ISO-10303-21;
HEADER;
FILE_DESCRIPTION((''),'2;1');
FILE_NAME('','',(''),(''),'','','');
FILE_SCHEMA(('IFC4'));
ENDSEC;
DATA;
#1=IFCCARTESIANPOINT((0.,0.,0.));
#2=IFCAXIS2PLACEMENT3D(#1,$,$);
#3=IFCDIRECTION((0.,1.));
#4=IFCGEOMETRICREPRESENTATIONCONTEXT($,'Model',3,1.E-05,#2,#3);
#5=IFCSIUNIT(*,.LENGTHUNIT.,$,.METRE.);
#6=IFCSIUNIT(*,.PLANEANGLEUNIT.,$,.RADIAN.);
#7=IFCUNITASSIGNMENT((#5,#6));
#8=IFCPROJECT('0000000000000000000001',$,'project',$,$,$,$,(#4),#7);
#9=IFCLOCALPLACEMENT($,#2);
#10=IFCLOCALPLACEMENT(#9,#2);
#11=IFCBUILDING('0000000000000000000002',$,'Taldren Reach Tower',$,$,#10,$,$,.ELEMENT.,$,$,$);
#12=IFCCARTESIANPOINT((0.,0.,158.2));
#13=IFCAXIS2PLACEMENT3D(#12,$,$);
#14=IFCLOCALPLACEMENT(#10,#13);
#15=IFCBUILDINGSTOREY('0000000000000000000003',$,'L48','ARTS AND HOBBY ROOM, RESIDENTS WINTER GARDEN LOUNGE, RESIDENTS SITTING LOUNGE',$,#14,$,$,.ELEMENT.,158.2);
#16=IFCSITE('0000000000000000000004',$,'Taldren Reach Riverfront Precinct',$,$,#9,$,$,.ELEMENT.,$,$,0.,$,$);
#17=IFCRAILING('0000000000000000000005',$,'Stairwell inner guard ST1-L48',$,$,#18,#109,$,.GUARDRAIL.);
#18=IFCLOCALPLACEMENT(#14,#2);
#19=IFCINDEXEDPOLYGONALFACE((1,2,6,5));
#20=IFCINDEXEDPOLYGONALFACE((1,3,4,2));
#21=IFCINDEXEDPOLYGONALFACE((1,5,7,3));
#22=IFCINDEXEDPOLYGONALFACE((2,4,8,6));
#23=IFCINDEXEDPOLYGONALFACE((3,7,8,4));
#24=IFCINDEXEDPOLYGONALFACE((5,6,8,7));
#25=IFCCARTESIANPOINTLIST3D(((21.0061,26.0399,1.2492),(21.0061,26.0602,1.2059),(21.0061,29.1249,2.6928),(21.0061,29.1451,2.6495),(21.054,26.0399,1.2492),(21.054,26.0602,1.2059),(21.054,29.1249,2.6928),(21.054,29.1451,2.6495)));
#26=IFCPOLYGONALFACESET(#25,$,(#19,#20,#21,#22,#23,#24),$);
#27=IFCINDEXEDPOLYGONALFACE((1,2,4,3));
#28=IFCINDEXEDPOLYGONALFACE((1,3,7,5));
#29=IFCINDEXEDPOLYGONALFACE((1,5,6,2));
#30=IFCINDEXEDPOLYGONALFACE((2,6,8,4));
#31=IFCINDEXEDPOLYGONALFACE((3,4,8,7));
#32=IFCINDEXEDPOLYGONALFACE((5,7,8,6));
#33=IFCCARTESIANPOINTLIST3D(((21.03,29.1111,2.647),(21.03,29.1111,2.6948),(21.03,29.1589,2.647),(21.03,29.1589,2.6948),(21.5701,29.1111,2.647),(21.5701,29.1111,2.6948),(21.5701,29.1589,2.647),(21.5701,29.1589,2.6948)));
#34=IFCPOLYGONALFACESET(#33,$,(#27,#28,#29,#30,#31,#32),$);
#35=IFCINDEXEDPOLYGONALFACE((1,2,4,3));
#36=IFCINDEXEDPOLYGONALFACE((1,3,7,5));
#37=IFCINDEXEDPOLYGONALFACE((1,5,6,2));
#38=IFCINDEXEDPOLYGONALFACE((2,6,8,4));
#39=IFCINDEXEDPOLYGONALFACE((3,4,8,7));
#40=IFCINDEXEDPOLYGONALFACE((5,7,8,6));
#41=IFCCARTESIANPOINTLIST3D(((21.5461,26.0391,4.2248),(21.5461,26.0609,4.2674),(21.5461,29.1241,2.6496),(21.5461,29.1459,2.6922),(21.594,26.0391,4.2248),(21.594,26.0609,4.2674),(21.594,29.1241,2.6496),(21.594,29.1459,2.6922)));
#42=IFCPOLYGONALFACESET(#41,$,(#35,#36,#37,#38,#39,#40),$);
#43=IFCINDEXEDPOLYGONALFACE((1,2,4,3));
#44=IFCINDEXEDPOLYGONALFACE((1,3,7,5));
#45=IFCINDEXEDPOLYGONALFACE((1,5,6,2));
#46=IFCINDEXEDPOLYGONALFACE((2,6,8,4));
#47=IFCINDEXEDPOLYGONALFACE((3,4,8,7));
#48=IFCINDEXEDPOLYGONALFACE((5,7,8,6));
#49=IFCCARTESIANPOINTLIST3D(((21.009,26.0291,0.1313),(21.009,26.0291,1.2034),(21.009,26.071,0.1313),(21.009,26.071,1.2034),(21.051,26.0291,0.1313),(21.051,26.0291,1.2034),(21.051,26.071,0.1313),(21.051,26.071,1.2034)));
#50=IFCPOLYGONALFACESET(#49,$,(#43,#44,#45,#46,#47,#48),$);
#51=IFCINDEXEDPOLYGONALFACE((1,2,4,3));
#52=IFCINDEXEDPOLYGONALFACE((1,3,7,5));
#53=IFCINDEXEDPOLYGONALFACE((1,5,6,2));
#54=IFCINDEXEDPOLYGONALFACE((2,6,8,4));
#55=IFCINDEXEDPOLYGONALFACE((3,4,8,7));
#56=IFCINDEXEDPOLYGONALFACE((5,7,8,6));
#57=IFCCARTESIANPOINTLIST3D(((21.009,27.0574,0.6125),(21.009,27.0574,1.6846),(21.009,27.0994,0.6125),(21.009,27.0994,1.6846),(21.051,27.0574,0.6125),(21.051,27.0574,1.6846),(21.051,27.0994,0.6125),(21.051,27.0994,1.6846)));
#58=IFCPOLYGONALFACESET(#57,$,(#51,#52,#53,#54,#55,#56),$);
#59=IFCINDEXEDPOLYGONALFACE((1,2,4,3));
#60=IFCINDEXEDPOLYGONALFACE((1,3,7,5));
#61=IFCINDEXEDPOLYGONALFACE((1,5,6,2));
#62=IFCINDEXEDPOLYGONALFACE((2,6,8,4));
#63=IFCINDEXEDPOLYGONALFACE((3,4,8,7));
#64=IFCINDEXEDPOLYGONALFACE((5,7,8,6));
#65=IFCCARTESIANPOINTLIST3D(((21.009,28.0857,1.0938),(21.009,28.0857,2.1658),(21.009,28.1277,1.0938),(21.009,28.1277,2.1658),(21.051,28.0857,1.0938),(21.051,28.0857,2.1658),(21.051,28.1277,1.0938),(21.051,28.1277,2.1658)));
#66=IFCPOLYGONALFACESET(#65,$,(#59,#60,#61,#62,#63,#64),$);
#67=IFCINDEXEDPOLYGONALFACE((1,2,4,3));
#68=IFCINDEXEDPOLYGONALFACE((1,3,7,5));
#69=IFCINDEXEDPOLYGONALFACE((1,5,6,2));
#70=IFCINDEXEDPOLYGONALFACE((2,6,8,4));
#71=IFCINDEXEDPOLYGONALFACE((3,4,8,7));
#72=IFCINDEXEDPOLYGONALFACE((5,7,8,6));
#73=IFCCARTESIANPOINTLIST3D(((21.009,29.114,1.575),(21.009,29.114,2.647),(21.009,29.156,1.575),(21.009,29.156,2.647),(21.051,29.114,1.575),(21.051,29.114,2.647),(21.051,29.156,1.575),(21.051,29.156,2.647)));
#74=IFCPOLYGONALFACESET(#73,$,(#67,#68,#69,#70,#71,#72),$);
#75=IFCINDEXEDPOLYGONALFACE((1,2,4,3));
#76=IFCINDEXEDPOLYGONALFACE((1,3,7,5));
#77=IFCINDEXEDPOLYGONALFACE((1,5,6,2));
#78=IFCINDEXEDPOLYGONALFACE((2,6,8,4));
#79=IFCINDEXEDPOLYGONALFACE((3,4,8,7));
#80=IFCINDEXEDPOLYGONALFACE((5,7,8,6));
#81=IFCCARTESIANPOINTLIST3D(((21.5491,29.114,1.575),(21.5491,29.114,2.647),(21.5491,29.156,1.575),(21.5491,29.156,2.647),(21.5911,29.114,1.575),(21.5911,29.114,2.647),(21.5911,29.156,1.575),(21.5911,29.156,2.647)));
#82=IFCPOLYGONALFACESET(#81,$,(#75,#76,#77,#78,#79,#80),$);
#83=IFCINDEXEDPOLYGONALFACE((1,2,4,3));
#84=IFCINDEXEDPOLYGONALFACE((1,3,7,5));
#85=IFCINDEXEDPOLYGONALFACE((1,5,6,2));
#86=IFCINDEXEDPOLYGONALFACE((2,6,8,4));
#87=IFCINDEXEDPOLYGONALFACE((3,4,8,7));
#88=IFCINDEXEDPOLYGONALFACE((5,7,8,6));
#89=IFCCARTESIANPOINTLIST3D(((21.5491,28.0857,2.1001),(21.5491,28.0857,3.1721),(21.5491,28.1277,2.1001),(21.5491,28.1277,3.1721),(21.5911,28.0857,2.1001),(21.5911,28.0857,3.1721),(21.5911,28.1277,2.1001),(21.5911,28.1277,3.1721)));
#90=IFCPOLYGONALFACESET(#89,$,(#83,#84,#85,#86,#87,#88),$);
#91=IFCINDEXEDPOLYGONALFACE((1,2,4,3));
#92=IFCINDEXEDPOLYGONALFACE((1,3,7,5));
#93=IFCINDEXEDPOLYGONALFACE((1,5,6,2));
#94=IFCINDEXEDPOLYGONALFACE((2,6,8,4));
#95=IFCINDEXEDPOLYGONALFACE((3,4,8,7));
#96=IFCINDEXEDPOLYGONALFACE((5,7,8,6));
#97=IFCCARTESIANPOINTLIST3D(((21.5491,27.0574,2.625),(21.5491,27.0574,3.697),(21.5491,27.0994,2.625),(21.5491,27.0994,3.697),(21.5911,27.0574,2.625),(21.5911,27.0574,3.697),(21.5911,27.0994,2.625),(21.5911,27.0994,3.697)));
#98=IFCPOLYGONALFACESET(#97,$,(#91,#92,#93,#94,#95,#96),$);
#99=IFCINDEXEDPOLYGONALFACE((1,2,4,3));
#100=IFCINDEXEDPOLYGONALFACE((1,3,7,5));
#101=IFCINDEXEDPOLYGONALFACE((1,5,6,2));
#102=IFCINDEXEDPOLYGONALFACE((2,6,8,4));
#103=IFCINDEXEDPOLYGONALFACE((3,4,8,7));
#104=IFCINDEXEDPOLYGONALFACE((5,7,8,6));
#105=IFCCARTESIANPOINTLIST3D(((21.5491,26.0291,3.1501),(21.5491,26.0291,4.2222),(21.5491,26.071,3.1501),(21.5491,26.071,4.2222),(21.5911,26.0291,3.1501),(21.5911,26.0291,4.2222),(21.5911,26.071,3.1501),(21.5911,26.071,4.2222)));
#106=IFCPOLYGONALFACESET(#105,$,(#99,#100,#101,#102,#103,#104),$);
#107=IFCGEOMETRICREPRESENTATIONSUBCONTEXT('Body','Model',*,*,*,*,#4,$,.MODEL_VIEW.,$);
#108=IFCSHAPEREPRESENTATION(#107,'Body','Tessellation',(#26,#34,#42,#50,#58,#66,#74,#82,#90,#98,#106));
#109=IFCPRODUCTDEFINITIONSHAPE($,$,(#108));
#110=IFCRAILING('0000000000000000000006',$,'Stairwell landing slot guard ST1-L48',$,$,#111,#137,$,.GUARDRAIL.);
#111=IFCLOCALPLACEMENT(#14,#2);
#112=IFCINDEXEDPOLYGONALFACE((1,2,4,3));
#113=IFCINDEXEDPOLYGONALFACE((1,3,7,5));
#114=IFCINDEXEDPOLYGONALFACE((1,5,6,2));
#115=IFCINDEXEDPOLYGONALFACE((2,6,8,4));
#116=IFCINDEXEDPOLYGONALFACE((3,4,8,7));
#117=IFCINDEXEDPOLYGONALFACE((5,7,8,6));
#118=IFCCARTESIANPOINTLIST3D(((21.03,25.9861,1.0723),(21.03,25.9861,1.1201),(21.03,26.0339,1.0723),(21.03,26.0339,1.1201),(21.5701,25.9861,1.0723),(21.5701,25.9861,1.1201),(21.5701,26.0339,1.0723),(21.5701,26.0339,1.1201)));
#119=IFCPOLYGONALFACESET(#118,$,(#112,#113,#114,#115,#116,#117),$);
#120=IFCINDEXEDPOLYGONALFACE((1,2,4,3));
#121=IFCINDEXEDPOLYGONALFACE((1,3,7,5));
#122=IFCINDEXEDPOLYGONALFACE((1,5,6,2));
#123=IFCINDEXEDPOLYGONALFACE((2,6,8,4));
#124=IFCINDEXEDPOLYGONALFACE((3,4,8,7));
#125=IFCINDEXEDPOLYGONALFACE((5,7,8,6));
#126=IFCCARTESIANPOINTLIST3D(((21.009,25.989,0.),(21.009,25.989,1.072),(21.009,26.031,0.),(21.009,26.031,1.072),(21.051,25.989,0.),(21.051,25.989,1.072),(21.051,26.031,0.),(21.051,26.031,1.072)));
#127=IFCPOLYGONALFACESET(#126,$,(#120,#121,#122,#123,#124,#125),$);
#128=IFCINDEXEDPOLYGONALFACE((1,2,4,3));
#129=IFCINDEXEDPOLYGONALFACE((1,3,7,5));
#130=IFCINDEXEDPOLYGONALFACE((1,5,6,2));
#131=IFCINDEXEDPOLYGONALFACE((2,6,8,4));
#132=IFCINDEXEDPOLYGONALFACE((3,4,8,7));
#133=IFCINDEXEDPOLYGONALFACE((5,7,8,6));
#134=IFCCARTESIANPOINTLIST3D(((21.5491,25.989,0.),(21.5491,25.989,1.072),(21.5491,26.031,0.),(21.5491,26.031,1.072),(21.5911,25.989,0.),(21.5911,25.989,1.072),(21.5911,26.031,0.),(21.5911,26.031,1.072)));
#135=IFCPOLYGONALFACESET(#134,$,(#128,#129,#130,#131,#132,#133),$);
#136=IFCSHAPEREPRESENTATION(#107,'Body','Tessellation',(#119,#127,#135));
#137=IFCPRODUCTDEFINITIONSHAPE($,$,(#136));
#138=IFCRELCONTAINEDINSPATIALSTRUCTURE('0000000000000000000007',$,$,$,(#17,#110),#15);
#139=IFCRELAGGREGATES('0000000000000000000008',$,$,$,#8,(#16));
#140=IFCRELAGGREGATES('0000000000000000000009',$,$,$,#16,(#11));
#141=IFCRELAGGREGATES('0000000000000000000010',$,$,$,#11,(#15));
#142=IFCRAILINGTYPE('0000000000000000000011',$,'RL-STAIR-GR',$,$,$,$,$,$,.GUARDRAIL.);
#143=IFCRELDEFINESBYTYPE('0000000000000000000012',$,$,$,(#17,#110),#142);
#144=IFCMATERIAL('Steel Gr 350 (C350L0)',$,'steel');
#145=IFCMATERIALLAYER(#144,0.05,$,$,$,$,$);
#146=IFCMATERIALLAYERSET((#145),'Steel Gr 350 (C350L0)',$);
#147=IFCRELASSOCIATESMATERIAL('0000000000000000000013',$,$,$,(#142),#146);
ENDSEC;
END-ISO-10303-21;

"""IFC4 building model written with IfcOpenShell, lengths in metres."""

from ifc_helpers import new_model, si_unit, direction, frame, origin, origin_2d, place, context, subcontext, project, spatial, rectangle, extrude, material, layer, layer_set, type_object, element, save


model = new_model("IFC4")

# Units and contexts
model_context = context("Model", 3, precision=1e-05, world=origin(), true_north=direction((0.0, 1.0)))
body_context = subcontext(model_context, "Body", "Model", "MODEL_VIEW")
ifc_project = project(units=[si_unit("LENGTHUNIT", "METRE"), si_unit("PLANEANGLEUNIT", "RADIAN")], contexts=[model_context])

# Site, building, storey
site_placement = place(None, origin())
site = spatial("IfcSite", under=ifc_project, at=site_placement, Name="Taldren Reach Riverfront Precinct", CompositionType="ELEMENT", RefElevation=0.0)
building_placement = place(site_placement, origin())
building = spatial("IfcBuilding", under=site, at=building_placement, Name="Taldren Reach Tower", CompositionType="ELEMENT")
storey_placement = place(building_placement, frame((0.0, 0.0, 158.2)))
storey = spatial("IfcBuildingStorey", under=building, at=storey_placement, Name="L48", Description="ARTS AND HOBBY ROOM, RESIDENTS WINTER GARDEN LOUNGE, RESIDENTS SITTING LOUNGE", CompositionType="ELEMENT", Elevation=158.2)

# Shared definitions
ifc_material_1 = material(Name="Steel Gr 350 (C350L0)", Category="steel")

# Railings
ifc_layer_1 = layer(ifc_material_1, 0.05)
ifc_layer_set_1 = layer_set([ifc_layer_1], Name="Steel Gr 350 (C350L0)")
railing_type_1 = type_object("IfcRailingType", Name="RL-STAIR-GR", PredefinedType="GUARDRAIL", material=ifc_layer_set_1)
railing_1_placement = place(storey_placement, frame((21.03, 26.05, 0.1313)))
element("IfcRailing", 1, at=railing_1_placement, inside=storey, type_object=railing_type_1, Name="Stairwell inner guard ST1-L48", PredefinedType="GUARDRAIL", context=body_context, shape_type="SweptSolid", body=[
    extrude(rectangle(XDim=0.0479, YDim=0.0479, at=origin_2d()), frame((0.0, 0.0, 1.0962), z_axis=(0.0, 0.905738, 0.423839), x_axis=(-1.0, 0.0, 0.0)), (0.0, 0.0, 1.0), 3.406),
    extrude(rectangle(XDim=0.0479, YDim=0.0479, at=origin_2d()), frame((0.0, 3.085, 2.5396), z_axis=(1.0, 0.0, 0.0), x_axis=(0.0, 1.0, 0.0)), (0.0, 0.0, 1.0), 0.54),
    extrude(rectangle(XDim=0.0479, YDim=0.0479, at=origin_2d()), frame((0.54, 3.085, 2.5396), z_axis=(0.0, -0.890617, 0.454753), x_axis=(1.0, 0.0, 0.0)), (0.0, 0.0, 1.0), 3.4639),
    extrude(rectangle(XDim=0.042, YDim=0.042, at=origin_2d()), origin(), (0.0, 0.0, 1.0), 1.072),
    extrude(rectangle(XDim=0.042, YDim=0.042, at=origin_2d()), frame((0.0, 1.0283, 0.4812)), (0.0, 0.0, 1.0), 1.072),
    extrude(rectangle(XDim=0.042, YDim=0.042, at=origin_2d()), frame((0.0, 2.0566, 0.9624)), (0.0, 0.0, 1.0), 1.072),
    extrude(rectangle(XDim=0.042, YDim=0.042, at=origin_2d()), frame((0.0, 3.085, 1.4436)), (0.0, 0.0, 1.0), 1.072),
    extrude(rectangle(XDim=0.042, YDim=0.042, at=origin_2d()), frame((0.54, 3.085, 1.4436)), (0.0, 0.0, 1.0), 1.072),
    extrude(rectangle(XDim=0.042, YDim=0.042, at=origin_2d()), frame((0.54, 2.0566, 1.9688)), (0.0, 0.0, 1.0), 1.072),
    extrude(rectangle(XDim=0.042, YDim=0.042, at=origin_2d()), frame((0.54, 1.0283, 2.4937)), (0.0, 0.0, 1.0), 1.072),
    extrude(rectangle(XDim=0.042, YDim=0.042, at=origin_2d()), frame((0.54, 0.0, 3.0188)), (0.0, 0.0, 1.0), 1.072),
])
railing_2_placement = place(storey_placement, frame((21.03, 26.01, 0.0)))
element("IfcRailing", 2, at=railing_2_placement, inside=storey, type_object=railing_type_1, Name="Stairwell landing slot guard ST1-L48", PredefinedType="GUARDRAIL", context=body_context, shape_type="SweptSolid", body=[
    extrude(rectangle(XDim=0.0479, YDim=0.0479, at=origin_2d()), frame((0.0, 0.0, 1.0962), z_axis=(1.0, 0.0, 0.0), x_axis=(0.0, 1.0, 0.0)), (0.0, 0.0, 1.0), 0.54),
    extrude(rectangle(XDim=0.042, YDim=0.042, at=origin_2d()), origin(), (0.0, 0.0, 1.0), 1.072),
    extrude(rectangle(XDim=0.042, YDim=0.042, at=origin_2d()), frame((0.54, 0.0, 0.0)), (0.0, 0.0, 1.0), 1.072),
])

save(model, "model.ifc")
